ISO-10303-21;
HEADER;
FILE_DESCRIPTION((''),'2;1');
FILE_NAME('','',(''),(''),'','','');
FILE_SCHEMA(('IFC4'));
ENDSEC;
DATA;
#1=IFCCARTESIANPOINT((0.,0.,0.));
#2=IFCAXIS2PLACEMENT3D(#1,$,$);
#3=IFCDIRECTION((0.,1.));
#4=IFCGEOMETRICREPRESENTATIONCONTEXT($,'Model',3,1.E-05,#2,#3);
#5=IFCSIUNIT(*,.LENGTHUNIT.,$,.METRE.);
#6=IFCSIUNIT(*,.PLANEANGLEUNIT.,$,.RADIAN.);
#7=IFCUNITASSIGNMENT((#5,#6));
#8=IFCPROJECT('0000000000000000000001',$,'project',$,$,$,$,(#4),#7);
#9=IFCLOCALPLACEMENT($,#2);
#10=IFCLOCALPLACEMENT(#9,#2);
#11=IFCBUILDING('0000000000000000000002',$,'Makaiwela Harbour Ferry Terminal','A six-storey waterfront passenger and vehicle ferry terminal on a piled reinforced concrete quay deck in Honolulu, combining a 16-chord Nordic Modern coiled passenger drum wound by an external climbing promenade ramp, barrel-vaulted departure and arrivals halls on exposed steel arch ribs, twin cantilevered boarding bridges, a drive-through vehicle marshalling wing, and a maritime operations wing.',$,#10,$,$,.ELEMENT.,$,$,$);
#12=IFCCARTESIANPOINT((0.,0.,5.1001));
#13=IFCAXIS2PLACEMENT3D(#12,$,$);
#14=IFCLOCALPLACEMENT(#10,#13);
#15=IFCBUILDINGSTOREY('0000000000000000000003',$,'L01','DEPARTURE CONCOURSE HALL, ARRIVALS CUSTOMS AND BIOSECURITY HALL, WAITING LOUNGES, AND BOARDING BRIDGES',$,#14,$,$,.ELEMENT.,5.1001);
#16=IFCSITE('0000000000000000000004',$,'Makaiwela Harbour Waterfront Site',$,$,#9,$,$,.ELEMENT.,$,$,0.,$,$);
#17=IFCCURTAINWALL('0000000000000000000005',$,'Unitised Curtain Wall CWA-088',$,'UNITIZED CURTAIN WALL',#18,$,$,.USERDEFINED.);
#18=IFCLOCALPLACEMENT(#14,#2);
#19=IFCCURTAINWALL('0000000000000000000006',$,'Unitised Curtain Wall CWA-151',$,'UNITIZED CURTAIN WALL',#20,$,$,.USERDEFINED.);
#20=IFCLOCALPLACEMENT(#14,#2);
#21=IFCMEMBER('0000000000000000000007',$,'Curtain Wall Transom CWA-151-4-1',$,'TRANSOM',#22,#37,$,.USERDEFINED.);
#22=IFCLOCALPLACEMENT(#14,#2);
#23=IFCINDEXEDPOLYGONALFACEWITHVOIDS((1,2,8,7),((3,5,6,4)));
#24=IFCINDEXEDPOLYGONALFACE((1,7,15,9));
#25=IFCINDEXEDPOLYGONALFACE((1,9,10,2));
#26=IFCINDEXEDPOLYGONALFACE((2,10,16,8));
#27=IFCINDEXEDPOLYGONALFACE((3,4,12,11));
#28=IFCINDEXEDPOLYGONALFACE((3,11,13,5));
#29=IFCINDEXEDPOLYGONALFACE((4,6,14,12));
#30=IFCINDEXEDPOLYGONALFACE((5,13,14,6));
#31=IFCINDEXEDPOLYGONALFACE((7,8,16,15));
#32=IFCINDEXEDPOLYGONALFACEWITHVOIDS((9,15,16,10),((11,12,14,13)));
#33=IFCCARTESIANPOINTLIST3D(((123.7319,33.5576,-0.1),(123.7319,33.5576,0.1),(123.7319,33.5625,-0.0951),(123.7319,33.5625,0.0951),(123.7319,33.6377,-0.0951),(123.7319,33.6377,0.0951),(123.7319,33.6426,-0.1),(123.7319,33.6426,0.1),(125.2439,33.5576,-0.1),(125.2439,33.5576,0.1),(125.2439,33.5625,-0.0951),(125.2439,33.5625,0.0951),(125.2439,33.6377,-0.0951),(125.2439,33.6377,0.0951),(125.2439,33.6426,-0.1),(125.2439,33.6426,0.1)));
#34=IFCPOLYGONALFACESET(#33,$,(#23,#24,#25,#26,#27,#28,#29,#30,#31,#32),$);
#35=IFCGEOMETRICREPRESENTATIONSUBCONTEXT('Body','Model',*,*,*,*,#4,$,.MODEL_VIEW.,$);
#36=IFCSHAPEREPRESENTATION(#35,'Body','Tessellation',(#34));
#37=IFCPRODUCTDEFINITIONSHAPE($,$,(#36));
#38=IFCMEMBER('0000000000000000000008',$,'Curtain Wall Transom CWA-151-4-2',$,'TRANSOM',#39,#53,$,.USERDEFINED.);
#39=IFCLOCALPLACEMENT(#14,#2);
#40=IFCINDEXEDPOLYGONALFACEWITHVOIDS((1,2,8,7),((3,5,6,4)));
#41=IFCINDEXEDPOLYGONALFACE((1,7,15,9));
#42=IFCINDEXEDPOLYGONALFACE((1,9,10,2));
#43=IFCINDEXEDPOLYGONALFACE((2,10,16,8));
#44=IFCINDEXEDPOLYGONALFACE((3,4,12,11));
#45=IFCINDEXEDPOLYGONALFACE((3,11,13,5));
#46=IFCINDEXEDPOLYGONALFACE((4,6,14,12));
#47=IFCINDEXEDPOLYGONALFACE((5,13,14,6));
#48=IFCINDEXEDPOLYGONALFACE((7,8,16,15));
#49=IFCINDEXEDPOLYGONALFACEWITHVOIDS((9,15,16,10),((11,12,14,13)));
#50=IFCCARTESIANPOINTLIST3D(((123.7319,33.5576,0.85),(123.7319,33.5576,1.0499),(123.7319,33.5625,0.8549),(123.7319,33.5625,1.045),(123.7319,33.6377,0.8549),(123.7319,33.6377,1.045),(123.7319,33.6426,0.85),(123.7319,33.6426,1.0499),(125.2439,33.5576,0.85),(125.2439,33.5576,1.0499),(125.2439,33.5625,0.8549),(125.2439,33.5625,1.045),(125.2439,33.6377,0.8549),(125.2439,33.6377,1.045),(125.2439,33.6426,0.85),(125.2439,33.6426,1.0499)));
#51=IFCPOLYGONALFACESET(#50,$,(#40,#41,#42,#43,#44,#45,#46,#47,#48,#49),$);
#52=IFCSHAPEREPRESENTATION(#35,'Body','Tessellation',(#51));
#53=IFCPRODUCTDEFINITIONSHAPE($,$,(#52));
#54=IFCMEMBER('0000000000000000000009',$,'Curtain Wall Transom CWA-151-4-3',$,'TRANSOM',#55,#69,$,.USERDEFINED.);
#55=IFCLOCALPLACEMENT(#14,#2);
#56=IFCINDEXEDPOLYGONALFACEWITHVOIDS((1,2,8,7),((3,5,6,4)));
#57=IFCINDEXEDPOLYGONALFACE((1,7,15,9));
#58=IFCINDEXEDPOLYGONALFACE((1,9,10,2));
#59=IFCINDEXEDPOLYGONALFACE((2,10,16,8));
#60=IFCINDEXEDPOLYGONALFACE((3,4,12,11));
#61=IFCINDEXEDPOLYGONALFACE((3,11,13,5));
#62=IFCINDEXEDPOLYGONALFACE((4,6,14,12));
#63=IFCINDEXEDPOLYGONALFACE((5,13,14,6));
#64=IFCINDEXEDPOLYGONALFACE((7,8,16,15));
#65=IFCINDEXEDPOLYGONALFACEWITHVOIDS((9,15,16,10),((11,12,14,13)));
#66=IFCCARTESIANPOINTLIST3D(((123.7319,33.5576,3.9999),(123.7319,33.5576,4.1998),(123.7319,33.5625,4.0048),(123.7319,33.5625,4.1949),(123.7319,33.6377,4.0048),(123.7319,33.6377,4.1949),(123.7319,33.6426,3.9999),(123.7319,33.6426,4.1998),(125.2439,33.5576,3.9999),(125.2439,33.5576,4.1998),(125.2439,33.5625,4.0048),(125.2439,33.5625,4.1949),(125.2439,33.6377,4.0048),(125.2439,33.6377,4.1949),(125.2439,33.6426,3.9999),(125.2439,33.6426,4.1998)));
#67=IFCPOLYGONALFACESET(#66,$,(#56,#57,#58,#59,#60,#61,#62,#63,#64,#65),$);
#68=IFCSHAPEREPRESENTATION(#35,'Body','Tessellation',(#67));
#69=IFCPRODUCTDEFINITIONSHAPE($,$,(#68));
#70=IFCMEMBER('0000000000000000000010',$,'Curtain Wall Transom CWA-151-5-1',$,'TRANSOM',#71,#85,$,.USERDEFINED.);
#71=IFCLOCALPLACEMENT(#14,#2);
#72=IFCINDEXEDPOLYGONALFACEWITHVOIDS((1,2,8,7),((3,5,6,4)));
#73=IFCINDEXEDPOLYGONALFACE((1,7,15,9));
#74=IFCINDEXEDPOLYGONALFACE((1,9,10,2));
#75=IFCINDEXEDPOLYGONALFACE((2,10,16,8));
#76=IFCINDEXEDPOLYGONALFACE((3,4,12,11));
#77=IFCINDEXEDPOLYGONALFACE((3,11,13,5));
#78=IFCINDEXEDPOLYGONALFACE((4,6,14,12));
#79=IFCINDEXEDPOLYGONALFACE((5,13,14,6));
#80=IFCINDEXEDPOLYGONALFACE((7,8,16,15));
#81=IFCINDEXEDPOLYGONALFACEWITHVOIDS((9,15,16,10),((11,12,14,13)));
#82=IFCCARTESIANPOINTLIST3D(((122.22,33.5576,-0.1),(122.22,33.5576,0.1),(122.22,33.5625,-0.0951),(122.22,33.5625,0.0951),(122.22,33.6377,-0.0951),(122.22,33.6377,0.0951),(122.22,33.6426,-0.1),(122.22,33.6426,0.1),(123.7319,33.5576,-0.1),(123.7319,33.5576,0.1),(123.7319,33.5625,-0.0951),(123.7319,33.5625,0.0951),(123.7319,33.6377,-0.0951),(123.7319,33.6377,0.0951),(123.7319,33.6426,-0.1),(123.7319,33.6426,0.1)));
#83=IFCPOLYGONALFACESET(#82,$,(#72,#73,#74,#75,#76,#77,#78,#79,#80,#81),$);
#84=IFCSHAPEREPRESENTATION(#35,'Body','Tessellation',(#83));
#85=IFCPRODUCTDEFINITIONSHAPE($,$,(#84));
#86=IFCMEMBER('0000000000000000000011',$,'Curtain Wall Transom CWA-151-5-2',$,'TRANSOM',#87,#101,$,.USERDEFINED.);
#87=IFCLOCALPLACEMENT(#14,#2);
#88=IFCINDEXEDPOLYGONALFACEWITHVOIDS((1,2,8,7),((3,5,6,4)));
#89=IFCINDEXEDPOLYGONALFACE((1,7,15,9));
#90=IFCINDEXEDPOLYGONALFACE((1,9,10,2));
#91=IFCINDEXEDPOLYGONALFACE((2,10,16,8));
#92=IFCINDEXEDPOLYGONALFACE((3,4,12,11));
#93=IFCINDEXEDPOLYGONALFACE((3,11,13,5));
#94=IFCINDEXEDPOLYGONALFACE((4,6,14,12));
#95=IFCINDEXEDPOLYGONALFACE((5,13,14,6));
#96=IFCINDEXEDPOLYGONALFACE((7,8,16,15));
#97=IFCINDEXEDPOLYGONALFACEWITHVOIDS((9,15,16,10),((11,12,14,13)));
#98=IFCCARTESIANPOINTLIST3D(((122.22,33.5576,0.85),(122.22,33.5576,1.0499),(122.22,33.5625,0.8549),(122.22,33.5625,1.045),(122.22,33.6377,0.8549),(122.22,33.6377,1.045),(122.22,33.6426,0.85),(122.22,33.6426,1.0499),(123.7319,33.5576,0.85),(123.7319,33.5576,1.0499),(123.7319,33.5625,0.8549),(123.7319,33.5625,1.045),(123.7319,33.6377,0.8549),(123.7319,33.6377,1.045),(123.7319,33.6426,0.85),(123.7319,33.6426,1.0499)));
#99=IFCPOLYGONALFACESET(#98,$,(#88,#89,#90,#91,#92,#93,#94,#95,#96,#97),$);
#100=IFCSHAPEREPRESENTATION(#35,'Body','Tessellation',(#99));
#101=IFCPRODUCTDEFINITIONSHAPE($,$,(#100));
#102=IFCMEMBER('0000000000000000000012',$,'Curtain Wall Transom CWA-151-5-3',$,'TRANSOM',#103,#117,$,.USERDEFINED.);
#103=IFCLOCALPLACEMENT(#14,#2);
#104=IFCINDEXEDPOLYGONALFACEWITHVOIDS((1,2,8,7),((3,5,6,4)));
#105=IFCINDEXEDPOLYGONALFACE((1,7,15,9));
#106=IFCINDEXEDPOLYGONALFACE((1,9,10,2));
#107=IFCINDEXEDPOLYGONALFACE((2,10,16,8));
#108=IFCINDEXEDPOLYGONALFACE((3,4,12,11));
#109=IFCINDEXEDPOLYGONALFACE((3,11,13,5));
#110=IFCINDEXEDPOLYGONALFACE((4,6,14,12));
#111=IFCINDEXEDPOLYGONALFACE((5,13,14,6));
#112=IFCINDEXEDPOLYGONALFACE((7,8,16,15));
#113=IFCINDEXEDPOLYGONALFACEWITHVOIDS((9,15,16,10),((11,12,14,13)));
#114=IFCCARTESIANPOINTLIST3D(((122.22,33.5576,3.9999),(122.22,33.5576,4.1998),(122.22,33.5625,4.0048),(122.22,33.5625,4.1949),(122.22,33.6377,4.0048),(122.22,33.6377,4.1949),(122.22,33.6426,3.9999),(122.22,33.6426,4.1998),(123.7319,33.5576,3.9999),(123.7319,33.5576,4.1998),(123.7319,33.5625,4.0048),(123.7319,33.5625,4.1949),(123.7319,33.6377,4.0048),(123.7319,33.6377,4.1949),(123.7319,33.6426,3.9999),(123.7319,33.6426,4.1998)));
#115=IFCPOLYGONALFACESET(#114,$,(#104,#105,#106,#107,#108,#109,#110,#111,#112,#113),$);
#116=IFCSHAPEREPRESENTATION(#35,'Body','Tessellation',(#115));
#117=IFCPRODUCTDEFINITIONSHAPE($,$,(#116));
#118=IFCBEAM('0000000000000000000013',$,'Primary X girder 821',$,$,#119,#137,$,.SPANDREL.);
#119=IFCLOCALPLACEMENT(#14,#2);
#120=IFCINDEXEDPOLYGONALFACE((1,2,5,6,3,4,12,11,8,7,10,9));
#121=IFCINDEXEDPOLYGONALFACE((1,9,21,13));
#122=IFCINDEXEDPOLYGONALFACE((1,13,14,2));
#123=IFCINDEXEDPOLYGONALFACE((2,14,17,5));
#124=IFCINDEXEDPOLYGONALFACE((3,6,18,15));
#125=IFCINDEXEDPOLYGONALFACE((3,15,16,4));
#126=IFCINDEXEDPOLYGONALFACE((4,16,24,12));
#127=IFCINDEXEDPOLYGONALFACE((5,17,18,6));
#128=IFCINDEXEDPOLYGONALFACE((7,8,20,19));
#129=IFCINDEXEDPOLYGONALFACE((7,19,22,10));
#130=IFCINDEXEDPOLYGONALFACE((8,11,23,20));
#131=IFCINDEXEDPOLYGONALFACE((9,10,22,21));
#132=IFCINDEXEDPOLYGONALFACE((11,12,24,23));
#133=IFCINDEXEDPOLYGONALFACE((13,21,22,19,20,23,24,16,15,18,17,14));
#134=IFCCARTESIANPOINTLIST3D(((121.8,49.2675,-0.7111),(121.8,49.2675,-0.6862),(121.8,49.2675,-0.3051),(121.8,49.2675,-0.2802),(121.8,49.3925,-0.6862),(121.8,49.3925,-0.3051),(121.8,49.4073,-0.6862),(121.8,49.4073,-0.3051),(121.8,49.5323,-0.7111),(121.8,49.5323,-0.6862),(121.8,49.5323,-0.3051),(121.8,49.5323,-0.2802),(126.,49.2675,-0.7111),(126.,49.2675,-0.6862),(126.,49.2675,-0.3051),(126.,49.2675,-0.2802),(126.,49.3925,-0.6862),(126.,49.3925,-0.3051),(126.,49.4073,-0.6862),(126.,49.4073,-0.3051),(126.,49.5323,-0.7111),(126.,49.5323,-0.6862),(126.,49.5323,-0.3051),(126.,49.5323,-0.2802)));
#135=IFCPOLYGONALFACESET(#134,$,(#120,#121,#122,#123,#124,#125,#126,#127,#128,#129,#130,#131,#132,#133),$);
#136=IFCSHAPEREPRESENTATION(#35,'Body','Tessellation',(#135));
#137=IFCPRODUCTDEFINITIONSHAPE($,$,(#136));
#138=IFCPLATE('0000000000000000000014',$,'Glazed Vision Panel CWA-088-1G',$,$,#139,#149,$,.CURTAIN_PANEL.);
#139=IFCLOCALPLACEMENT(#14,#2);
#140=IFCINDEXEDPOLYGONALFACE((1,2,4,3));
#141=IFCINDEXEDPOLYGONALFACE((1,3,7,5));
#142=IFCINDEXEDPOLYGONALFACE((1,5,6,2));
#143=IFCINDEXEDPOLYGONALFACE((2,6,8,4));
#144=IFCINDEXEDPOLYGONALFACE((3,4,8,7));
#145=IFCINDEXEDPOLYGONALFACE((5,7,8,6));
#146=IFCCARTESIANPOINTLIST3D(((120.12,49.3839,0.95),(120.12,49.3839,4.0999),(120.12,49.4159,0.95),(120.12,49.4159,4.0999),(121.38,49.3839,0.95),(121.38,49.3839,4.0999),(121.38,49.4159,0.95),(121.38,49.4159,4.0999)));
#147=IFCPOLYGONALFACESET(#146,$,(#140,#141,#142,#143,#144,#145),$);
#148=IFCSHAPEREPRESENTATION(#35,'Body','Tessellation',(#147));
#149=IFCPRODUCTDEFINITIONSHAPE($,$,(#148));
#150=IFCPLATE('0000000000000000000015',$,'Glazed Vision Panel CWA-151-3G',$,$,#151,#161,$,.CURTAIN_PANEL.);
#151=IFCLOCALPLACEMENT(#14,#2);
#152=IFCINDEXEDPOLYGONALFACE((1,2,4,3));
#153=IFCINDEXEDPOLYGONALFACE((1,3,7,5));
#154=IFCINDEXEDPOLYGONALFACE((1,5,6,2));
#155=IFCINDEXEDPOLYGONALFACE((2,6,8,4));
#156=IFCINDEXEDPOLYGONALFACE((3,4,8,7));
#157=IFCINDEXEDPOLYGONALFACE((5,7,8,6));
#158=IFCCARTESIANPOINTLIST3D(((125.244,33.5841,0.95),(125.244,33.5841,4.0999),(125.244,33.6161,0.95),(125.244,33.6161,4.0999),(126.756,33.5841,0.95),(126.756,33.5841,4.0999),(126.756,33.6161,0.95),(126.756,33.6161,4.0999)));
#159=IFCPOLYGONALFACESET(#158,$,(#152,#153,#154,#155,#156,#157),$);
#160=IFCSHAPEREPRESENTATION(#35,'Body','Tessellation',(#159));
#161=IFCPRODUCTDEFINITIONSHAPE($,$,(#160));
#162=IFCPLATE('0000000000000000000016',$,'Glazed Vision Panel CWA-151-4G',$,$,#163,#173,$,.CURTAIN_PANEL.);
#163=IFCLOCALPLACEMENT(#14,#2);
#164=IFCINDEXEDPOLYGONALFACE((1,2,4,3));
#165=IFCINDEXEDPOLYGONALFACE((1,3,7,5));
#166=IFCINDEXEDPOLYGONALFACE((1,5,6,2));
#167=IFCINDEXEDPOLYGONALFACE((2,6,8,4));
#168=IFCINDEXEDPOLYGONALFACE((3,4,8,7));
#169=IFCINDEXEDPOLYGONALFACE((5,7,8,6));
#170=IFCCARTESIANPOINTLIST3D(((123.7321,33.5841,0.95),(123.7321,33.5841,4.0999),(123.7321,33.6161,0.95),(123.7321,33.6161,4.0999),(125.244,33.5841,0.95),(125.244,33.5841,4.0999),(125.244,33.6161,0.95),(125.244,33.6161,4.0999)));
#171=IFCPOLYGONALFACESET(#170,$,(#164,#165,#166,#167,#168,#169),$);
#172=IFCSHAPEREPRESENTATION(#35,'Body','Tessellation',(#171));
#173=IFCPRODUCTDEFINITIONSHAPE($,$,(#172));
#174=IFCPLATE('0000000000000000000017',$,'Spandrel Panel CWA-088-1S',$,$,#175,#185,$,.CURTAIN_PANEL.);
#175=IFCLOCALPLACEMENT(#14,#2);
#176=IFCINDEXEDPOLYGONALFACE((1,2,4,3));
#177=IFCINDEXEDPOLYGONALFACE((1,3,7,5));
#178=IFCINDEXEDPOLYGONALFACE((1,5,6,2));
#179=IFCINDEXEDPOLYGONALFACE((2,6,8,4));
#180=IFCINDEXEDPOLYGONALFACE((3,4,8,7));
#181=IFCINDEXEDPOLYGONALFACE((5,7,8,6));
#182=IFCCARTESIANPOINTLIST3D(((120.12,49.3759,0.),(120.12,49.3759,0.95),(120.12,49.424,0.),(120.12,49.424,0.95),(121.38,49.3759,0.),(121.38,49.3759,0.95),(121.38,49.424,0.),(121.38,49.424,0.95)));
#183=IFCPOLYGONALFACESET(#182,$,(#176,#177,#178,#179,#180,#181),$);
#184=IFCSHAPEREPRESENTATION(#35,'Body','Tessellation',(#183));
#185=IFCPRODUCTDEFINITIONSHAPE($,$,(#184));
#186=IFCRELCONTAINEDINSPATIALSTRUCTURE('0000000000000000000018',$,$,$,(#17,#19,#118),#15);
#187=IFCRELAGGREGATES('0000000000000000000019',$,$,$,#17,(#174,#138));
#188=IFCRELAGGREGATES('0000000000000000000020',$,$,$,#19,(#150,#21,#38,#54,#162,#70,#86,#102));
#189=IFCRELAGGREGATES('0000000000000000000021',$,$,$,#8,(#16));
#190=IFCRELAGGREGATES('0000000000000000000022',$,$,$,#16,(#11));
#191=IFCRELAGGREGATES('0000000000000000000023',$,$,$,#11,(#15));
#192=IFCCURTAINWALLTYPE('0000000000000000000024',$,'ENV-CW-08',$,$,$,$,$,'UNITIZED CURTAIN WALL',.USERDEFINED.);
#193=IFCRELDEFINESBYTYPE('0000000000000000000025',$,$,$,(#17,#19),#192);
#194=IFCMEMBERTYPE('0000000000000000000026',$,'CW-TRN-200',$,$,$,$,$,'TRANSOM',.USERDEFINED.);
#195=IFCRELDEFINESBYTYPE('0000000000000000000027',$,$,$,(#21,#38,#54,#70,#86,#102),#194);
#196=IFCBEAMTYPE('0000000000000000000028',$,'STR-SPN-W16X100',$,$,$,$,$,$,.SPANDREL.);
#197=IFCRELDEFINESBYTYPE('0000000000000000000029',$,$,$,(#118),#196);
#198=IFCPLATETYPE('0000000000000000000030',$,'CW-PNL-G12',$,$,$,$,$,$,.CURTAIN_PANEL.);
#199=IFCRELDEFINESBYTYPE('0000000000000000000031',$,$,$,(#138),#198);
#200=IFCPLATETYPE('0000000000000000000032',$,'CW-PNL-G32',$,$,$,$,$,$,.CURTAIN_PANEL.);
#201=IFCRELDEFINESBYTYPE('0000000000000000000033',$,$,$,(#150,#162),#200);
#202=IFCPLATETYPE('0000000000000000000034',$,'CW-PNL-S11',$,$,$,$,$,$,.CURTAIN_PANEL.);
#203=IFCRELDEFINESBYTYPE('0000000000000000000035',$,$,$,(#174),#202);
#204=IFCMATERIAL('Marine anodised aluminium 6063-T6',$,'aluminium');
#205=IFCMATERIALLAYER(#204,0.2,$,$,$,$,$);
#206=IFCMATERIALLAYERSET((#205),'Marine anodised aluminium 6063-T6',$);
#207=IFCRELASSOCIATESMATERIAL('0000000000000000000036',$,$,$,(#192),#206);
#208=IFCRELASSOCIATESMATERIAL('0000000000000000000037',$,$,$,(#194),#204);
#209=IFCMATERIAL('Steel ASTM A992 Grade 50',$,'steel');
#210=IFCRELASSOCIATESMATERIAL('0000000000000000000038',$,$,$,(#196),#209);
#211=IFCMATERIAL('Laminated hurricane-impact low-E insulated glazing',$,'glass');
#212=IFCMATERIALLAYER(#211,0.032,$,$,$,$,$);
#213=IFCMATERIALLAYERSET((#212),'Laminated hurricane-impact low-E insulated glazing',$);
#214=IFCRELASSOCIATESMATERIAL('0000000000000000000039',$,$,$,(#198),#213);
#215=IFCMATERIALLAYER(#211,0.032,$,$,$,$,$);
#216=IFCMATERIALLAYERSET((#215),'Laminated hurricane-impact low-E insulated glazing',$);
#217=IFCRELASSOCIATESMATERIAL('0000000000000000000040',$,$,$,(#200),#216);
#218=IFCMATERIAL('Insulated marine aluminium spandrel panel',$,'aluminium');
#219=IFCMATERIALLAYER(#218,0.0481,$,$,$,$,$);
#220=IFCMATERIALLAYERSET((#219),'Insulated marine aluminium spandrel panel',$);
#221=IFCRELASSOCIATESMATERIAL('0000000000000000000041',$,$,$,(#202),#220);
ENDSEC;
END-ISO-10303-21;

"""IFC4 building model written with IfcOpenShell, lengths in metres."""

from ifc_helpers import new_model, si_unit, direction, frame, origin, origin_2d, place, context, subcontext, project, spatial, rectangle, hollow_rectangle, i_section, extrude, material, layer, layer_set, material_profile, profile_set, type_object, element, aggregate, save


model = new_model("IFC4")

# Units and contexts
model_context = context("Model", 3, precision=1e-05, world=origin(), true_north=direction((0.0, 1.0)))
body_context = subcontext(model_context, "Body", "Model", "MODEL_VIEW")
ifc_project = project(units=[si_unit("LENGTHUNIT", "METRE"), si_unit("PLANEANGLEUNIT", "RADIAN")], contexts=[model_context])

# Site, building, storey
site_placement = place(None, origin())
site = spatial("IfcSite", under=ifc_project, at=site_placement, Name="Makaiwela Harbour Waterfront Site", CompositionType="ELEMENT", RefElevation=0.0)
building_placement = place(site_placement, origin())
building = spatial("IfcBuilding", under=site, at=building_placement, Name="Makaiwela Harbour Ferry Terminal", Description="A six-storey waterfront passenger and vehicle ferry terminal on a piled reinforced concrete quay deck in Honolulu, combining a 16-chord Nordic Modern coiled passenger drum wound by an external climbing promenade ramp, barrel-vaulted departure and arrivals halls on exposed steel arch ribs, twin cantilevered boarding bridges, a drive-through vehicle marshalling wing, and a maritime operations wing.", CompositionType="ELEMENT")
storey_placement = place(building_placement, frame((0.0, 0.0, 5.1001)))
storey = spatial("IfcBuildingStorey", under=building, at=storey_placement, Name="L01", Description="DEPARTURE CONCOURSE HALL, ARRIVALS CUSTOMS AND BIOSECURITY HALL, WAITING LOUNGES, AND BOARDING BRIDGES", CompositionType="ELEMENT", Elevation=5.1001)

# Shared definitions
ifc_material_1 = material(Name="Steel ASTM A992 Grade 50", Category="steel")

# Curtain wall
ifc_material_2 = material(Name="Marine anodised aluminium 6063-T6", Category="aluminium")
ifc_layer_1 = layer(ifc_material_2, 0.2)
ifc_layer_set_1 = layer_set([ifc_layer_1], Name="Marine anodised aluminium 6063-T6")
curtain_wall_type = type_object("IfcCurtainWallType", Name="ENV-CW-08", ElementType="UNITIZED CURTAIN WALL", PredefinedType="USERDEFINED", material=ifc_layer_set_1)
curtain_wall_1_placement = place(storey_placement, origin())
curtain_wall_1 = element("IfcCurtainWall", 1, at=curtain_wall_1_placement, inside=storey, type_object=curtain_wall_type, Name="Unitised Curtain Wall CWA-088", ObjectType="UNITIZED CURTAIN WALL", PredefinedType="USERDEFINED")

# Curtain wall
curtain_wall_2_placement = place(storey_placement, origin())
curtain_wall_2 = element("IfcCurtainWall", 2, at=curtain_wall_2_placement, inside=storey, type_object=curtain_wall_type, Name="Unitised Curtain Wall CWA-151", ObjectType="UNITIZED CURTAIN WALL", PredefinedType="USERDEFINED")

# Members
ifc_material_profile_1 = material_profile(ifc_material_2, hollow_rectangle(XDim=0.085, YDim=0.2, WallThickness=0.0049, at=origin_2d()), Name="CWT-200X85")
ifc_profile_set_1 = profile_set([ifc_material_profile_1], Name="Marine anodised aluminium 6063-T6")
member_type_1 = type_object("IfcMemberType", Name="CW-TRN-200", ElementType="TRANSOM", PredefinedType="USERDEFINED", material=ifc_profile_set_1)
member_1_placement = place(storey_placement, frame((125.2439, 33.6001, 0.0), z_axis=(-1.0, 0.0, 0.0), x_axis=(0.0, -1.0, 0.0)))
member_1 = element("IfcMember", 3, at=member_1_placement, type_object=member_type_1, Name="Curtain Wall Transom CWA-151-4-1", ObjectType="TRANSOM", PredefinedType="USERDEFINED", context=body_context, shape_type="SweptSolid", body=[
    extrude(hollow_rectangle(XDim=0.085, YDim=0.2, WallThickness=0.0049, at=origin_2d()), origin(), (0.0, 0.0, 1.0), 1.512),
])
member_2_placement = place(storey_placement, frame((125.2439, 33.6001, 0.95), z_axis=(-1.0, 0.0, 0.0), x_axis=(0.0, -1.0, 0.0)))
member_2 = element("IfcMember", 4, at=member_2_placement, type_object=member_type_1, Name="Curtain Wall Transom CWA-151-4-2", ObjectType="TRANSOM", PredefinedType="USERDEFINED", context=body_context, shape_type="SweptSolid", body=[
    extrude(hollow_rectangle(XDim=0.085, YDim=0.2, WallThickness=0.0049, at=origin_2d()), origin(), (0.0, 0.0, 1.0), 1.512),
])
member_3_placement = place(storey_placement, frame((125.2439, 33.6001, 4.0999), z_axis=(-1.0, 0.0, 0.0), x_axis=(0.0, -1.0, 0.0)))
member_3 = element("IfcMember", 5, at=member_3_placement, type_object=member_type_1, Name="Curtain Wall Transom CWA-151-4-3", ObjectType="TRANSOM", PredefinedType="USERDEFINED", context=body_context, shape_type="SweptSolid", body=[
    extrude(hollow_rectangle(XDim=0.085, YDim=0.2, WallThickness=0.0049, at=origin_2d()), origin(), (0.0, 0.0, 1.0), 1.512),
])
member_4_placement = place(storey_placement, frame((123.7319, 33.6001, 0.0), z_axis=(-1.0, 0.0, 0.0), x_axis=(0.0, -1.0, 0.0)))
member_4 = element("IfcMember", 6, at=member_4_placement, type_object=member_type_1, Name="Curtain Wall Transom CWA-151-5-1", ObjectType="TRANSOM", PredefinedType="USERDEFINED", context=body_context, shape_type="SweptSolid", body=[
    extrude(hollow_rectangle(XDim=0.085, YDim=0.2, WallThickness=0.0049, at=origin_2d()), origin(), (0.0, 0.0, 1.0), 1.512),
])
member_5_placement = place(storey_placement, frame((123.7319, 33.6001, 0.95), z_axis=(-1.0, 0.0, 0.0), x_axis=(0.0, -1.0, 0.0)))
member_5 = element("IfcMember", 7, at=member_5_placement, type_object=member_type_1, Name="Curtain Wall Transom CWA-151-5-2", ObjectType="TRANSOM", PredefinedType="USERDEFINED", context=body_context, shape_type="SweptSolid", body=[
    extrude(hollow_rectangle(XDim=0.085, YDim=0.2, WallThickness=0.0049, at=origin_2d()), origin(), (0.0, 0.0, 1.0), 1.512),
])
member_6_placement = place(storey_placement, frame((123.7319, 33.6001, 4.0999), z_axis=(-1.0, 0.0, 0.0), x_axis=(0.0, -1.0, 0.0)))
member_6 = element("IfcMember", 8, at=member_6_placement, type_object=member_type_1, Name="Curtain Wall Transom CWA-151-5-3", ObjectType="TRANSOM", PredefinedType="USERDEFINED", context=body_context, shape_type="SweptSolid", body=[
    extrude(hollow_rectangle(XDim=0.085, YDim=0.2, WallThickness=0.0049, at=origin_2d()), origin(), (0.0, 0.0, 1.0), 1.512),
])

# Beam
ifc_material_profile_2 = material_profile(ifc_material_1, i_section(OverallWidth=0.2649, OverallDepth=0.4309, WebThickness=0.0149, FlangeThickness=0.0249, at=origin_2d()), Name="W16X100")
ifc_profile_set_2 = profile_set([ifc_material_profile_2], Name="Steel ASTM A992 Grade 50")
beam_type = type_object("IfcBeamType", Name="STR-SPN-W16X100", PredefinedType="SPANDREL", material=ifc_profile_set_2)
beam_placement = place(storey_placement, frame((121.8, 49.3999, -0.4956), z_axis=(1.0, 0.0, 0.0), x_axis=(0.0, 1.0, 0.0)))
element("IfcBeam", 9, at=beam_placement, inside=storey, type_object=beam_type, Name="Primary X girder 821", PredefinedType="SPANDREL", context=body_context, shape_type="SweptSolid", body=[
    extrude(i_section(OverallWidth=0.2649, OverallDepth=0.4309, WebThickness=0.0149, FlangeThickness=0.0249, at=origin_2d()), origin(), (0.0, 0.0, 1.0), 4.2),
])

# Plates
ifc_material_3 = material(Name="Laminated hurricane-impact low-E insulated glazing", Category="glass")
ifc_layer_2 = layer(ifc_material_3, 0.032)
ifc_layer_set_2 = layer_set([ifc_layer_2], Name="Laminated hurricane-impact low-E insulated glazing")
plate_type_1 = type_object("IfcPlateType", Name="CW-PNL-G12", PredefinedType="CURTAIN_PANEL", material=ifc_layer_set_2)
plate_1_placement = place(storey_placement, frame((120.75, 49.3999, 0.95), z_axis=(0.0, 0.0, 1.0), x_axis=(-1.0, 0.0, 0.0)))
plate_1 = element("IfcPlate", 10, at=plate_1_placement, type_object=plate_type_1, Name="Glazed Vision Panel CWA-088-1G", PredefinedType="CURTAIN_PANEL", context=body_context, shape_type="SweptSolid", body=[
    extrude(rectangle(XDim=1.26, YDim=0.032, at=origin_2d()), origin(), (0.0, 0.0, 1.0), 3.1499),
])
ifc_layer_3 = layer(ifc_material_3, 0.032)
ifc_layer_set_3 = layer_set([ifc_layer_3], Name="Laminated hurricane-impact low-E insulated glazing")
plate_type_2 = type_object("IfcPlateType", Name="CW-PNL-G32", PredefinedType="CURTAIN_PANEL", material=ifc_layer_set_3)
plate_2_placement = place(storey_placement, frame((126.0, 33.6001, 0.95), z_axis=(0.0, 0.0, 1.0), x_axis=(-1.0, 0.0, 0.0)))
plate_2 = element("IfcPlate", 11, at=plate_2_placement, type_object=plate_type_2, Name="Glazed Vision Panel CWA-151-3G", PredefinedType="CURTAIN_PANEL", context=body_context, shape_type="SweptSolid", body=[
    extrude(rectangle(XDim=1.512, YDim=0.032, at=origin_2d()), origin(), (0.0, 0.0, 1.0), 3.1499),
])
plate_3_placement = place(storey_placement, frame((124.488, 33.6001, 0.95), z_axis=(0.0, 0.0, 1.0), x_axis=(-1.0, 0.0, 0.0)))
plate_3 = element("IfcPlate", 12, at=plate_3_placement, type_object=plate_type_2, Name="Glazed Vision Panel CWA-151-4G", PredefinedType="CURTAIN_PANEL", context=body_context, shape_type="SweptSolid", body=[
    extrude(rectangle(XDim=1.512, YDim=0.032, at=origin_2d()), origin(), (0.0, 0.0, 1.0), 3.1499),
])
ifc_material_4 = material(Name="Insulated marine aluminium spandrel panel", Category="aluminium")
ifc_layer_4 = layer(ifc_material_4, 0.0481)
ifc_layer_set_4 = layer_set([ifc_layer_4], Name="Insulated marine aluminium spandrel panel")
plate_type_3 = type_object("IfcPlateType", Name="CW-PNL-S11", PredefinedType="CURTAIN_PANEL", material=ifc_layer_set_4)
plate_4_placement = place(storey_placement, frame((120.75, 49.3999, 0.0), z_axis=(0.0, 0.0, 1.0), x_axis=(-1.0, 0.0, 0.0)))
plate_4 = element("IfcPlate", 13, at=plate_4_placement, type_object=plate_type_3, Name="Spandrel Panel CWA-088-1S", PredefinedType="CURTAIN_PANEL", context=body_context, shape_type="SweptSolid", body=[
    extrude(rectangle(XDim=1.26, YDim=0.0481, at=origin_2d()), origin(), (0.0, 0.0, 1.0), 0.95),
])
aggregate(curtain_wall_1, [plate_4, plate_1])
aggregate(curtain_wall_2, [plate_2, member_1, member_2, member_3, plate_3, member_4, member_5, member_6])

save(model, "model.ifc")
